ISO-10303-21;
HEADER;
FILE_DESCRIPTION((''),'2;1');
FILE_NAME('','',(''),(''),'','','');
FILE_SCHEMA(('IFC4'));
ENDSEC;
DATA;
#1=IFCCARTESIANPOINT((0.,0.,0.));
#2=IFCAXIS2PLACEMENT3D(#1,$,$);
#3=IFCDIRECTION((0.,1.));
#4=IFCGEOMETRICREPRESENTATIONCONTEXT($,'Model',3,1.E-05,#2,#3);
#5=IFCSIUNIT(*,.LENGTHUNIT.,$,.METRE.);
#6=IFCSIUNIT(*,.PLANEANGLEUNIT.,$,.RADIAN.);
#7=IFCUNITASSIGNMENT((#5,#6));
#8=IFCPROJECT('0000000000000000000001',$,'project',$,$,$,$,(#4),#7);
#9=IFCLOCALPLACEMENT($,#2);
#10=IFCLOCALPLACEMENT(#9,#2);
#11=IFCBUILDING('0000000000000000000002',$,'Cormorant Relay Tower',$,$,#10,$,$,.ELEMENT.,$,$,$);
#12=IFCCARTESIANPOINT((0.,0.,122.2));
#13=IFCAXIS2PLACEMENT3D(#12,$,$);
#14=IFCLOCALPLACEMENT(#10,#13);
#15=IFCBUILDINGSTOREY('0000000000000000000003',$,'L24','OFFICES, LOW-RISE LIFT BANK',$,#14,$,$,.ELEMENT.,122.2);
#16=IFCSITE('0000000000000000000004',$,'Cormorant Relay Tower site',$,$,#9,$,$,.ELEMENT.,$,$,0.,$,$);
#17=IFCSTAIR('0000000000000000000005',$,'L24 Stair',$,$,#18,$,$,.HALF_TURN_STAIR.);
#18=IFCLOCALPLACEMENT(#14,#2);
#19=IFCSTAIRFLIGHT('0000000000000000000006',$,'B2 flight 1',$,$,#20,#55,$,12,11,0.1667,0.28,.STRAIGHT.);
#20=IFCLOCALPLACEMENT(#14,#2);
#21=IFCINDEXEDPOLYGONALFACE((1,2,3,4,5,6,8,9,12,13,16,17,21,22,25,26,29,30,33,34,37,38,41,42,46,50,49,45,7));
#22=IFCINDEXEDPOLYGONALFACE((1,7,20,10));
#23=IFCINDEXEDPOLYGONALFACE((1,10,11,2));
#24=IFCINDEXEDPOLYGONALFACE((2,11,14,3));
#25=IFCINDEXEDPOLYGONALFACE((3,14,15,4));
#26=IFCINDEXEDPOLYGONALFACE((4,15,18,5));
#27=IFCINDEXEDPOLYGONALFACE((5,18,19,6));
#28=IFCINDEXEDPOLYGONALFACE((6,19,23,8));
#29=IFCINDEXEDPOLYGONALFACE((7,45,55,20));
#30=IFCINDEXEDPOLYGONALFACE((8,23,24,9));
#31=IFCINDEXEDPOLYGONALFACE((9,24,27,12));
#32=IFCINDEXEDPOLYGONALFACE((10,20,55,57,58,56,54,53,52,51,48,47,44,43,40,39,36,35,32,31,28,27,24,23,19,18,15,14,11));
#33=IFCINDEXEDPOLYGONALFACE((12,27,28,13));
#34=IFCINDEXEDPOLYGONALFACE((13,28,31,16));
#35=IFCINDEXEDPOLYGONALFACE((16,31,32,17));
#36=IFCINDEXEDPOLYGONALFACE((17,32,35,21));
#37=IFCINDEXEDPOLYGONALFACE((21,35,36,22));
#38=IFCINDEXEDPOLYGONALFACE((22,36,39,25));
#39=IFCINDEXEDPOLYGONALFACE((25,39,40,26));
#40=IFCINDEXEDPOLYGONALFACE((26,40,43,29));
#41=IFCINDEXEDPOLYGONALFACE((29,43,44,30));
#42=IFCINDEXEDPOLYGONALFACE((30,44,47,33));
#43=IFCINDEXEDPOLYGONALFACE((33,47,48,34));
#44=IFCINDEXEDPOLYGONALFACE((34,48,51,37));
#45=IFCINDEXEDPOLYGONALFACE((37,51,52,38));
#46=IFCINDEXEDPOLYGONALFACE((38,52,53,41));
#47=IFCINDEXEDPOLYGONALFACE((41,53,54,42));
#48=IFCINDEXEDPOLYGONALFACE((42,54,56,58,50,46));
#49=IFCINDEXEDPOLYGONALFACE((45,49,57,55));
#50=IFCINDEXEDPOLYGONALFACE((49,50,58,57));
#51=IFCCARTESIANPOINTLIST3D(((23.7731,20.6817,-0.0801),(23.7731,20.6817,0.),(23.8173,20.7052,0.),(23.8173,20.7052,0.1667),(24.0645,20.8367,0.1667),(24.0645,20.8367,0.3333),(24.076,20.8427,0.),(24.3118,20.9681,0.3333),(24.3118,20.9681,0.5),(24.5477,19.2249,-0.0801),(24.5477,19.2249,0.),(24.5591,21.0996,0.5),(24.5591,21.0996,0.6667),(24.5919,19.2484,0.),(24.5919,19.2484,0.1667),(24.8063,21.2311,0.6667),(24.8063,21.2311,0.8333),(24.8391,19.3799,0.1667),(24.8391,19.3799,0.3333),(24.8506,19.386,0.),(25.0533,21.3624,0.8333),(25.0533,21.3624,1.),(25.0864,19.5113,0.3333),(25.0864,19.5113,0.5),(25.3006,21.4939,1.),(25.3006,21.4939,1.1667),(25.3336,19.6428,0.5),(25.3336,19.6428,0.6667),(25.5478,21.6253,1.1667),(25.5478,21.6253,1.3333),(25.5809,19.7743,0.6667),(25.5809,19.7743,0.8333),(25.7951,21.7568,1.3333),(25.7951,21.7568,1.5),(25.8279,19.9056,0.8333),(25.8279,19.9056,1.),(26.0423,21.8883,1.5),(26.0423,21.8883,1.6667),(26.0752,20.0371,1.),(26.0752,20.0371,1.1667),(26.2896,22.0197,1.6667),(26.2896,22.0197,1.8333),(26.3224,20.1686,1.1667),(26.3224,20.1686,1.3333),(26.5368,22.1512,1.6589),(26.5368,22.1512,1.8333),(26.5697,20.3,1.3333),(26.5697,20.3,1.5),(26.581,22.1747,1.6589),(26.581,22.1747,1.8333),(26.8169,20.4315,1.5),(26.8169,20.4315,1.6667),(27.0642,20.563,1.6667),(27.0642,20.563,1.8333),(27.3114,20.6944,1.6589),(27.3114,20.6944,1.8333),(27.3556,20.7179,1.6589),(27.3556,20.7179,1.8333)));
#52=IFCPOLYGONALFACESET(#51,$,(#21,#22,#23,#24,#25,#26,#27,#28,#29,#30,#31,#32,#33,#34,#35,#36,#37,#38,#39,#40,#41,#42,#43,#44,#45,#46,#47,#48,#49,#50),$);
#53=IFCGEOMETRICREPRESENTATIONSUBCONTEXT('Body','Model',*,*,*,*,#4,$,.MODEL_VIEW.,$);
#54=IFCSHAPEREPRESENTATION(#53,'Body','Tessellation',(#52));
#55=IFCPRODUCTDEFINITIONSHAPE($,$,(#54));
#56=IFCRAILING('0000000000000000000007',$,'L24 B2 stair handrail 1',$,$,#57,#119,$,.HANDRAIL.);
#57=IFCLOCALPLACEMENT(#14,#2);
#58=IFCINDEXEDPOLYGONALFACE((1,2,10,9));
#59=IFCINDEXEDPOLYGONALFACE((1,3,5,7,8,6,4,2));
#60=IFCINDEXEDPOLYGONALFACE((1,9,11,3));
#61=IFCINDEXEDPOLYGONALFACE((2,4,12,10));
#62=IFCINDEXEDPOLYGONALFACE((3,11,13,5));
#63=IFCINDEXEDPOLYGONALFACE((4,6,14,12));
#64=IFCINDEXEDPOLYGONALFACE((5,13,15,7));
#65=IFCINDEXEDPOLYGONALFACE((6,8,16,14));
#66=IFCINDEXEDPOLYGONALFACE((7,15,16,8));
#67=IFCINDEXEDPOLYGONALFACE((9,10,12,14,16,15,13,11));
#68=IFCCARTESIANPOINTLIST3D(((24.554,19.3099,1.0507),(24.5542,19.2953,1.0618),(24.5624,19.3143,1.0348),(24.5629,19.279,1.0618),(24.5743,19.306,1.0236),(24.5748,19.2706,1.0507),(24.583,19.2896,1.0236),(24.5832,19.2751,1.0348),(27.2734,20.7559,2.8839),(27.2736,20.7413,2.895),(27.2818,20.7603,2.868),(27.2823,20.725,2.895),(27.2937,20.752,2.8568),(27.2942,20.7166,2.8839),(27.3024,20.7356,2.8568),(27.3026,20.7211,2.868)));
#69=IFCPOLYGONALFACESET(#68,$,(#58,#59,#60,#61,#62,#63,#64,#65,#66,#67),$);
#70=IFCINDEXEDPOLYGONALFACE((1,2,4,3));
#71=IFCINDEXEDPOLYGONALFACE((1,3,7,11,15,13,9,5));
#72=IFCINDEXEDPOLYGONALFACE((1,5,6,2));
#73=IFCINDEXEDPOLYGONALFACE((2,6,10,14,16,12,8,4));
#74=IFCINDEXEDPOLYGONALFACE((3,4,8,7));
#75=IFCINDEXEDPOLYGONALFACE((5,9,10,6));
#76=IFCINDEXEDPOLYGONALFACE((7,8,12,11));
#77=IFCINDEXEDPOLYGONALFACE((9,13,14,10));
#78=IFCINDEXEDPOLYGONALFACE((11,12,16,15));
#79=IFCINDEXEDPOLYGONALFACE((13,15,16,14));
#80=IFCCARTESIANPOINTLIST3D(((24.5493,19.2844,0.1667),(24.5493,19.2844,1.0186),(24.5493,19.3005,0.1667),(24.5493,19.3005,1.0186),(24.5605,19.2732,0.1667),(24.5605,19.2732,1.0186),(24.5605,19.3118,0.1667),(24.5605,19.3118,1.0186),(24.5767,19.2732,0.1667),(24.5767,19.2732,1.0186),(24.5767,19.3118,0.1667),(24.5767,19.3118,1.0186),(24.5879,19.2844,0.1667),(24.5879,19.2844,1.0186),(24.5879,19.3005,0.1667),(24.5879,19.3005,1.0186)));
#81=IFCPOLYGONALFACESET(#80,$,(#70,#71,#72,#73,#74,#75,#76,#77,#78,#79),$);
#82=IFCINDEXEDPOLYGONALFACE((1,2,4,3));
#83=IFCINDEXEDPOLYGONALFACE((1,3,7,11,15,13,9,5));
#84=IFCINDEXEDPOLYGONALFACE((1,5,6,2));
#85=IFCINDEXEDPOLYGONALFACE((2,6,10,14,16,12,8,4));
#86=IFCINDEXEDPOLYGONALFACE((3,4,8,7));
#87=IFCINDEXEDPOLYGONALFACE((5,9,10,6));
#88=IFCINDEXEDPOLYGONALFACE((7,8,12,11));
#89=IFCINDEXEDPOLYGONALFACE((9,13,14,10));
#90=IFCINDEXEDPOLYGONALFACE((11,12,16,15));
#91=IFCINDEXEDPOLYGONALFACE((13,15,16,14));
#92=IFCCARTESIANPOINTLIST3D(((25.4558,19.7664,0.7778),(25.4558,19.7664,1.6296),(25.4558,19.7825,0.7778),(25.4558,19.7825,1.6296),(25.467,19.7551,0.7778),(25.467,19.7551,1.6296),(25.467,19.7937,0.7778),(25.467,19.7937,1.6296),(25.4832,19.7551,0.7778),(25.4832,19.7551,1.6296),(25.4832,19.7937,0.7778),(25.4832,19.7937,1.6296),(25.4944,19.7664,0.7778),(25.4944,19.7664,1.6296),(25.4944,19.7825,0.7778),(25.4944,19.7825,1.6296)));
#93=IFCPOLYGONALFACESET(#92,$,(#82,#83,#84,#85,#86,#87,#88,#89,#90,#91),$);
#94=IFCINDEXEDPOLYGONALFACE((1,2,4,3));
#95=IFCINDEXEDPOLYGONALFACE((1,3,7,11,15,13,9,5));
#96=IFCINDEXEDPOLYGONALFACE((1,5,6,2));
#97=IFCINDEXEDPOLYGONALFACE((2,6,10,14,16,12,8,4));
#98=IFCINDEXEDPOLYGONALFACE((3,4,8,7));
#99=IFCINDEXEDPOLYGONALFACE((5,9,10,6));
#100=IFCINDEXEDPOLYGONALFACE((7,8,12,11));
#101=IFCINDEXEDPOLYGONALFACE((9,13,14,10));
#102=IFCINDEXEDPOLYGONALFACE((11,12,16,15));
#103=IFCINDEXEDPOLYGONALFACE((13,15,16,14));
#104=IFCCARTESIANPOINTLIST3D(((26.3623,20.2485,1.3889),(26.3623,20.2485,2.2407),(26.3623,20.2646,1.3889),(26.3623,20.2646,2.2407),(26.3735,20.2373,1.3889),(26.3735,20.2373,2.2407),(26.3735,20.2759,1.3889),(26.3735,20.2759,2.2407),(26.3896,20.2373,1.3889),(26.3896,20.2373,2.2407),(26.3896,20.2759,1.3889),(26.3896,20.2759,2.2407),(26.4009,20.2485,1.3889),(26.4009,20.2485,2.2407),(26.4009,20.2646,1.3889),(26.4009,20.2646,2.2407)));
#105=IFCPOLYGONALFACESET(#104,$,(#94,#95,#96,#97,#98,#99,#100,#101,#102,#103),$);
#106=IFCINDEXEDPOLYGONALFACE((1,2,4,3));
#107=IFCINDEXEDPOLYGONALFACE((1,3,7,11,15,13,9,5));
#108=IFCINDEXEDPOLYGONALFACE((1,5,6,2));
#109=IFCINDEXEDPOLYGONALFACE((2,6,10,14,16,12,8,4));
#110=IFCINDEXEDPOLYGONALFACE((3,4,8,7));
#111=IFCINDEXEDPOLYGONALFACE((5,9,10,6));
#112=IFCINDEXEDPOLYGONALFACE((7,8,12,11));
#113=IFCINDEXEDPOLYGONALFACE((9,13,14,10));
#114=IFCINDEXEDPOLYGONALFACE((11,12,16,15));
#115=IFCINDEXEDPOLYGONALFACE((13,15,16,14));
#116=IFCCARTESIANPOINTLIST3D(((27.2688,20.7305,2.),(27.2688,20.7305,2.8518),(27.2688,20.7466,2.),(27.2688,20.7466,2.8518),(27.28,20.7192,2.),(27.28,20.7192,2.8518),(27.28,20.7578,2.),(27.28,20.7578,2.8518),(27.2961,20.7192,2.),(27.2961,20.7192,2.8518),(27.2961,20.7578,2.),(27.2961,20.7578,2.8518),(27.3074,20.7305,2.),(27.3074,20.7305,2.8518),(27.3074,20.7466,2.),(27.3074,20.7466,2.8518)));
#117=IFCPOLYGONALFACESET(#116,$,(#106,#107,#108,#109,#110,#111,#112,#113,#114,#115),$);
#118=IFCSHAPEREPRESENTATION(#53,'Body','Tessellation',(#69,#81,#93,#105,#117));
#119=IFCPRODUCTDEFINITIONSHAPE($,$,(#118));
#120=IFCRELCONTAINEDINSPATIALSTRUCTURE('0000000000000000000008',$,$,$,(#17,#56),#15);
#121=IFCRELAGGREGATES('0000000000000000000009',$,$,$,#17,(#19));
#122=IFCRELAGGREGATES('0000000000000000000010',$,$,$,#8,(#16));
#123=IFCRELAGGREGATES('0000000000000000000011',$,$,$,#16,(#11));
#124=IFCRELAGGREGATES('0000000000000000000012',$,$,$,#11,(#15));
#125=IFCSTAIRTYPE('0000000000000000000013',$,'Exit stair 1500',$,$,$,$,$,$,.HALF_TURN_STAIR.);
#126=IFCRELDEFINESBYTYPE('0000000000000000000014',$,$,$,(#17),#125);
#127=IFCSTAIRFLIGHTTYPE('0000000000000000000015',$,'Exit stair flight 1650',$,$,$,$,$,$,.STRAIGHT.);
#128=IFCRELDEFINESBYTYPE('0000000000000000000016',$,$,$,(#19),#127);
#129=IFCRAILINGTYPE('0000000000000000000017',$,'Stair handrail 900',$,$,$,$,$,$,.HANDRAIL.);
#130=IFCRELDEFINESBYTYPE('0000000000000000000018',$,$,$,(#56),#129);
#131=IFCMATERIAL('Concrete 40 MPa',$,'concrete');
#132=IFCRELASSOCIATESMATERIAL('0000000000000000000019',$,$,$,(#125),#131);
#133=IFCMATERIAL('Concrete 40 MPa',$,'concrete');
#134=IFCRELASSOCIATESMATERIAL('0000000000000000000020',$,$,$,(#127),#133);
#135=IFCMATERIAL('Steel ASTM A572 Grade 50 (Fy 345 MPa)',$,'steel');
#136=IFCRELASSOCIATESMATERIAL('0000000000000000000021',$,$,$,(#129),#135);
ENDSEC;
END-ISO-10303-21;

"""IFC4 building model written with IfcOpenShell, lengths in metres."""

from ifc_helpers import new_model, si_unit, direction, frame, origin, place, context, subcontext, project, spatial, polyline, outline, extrude, material, type_object, element, aggregate, save


model = new_model("IFC4")

# Units and contexts
model_context = context("Model", 3, precision=1e-05, world=origin(), true_north=direction((0.0, 1.0)))
body_context = subcontext(model_context, "Body", "Model", "MODEL_VIEW")
ifc_project = project(units=[si_unit("LENGTHUNIT", "METRE"), si_unit("PLANEANGLEUNIT", "RADIAN")], contexts=[model_context])

# Site, building, storey
site_placement = place(None, origin())
site = spatial("IfcSite", under=ifc_project, at=site_placement, Name="Cormorant Relay Tower site", CompositionType="ELEMENT", RefElevation=0.0)
building_placement = place(site_placement, origin())
building = spatial("IfcBuilding", under=site, at=building_placement, Name="Cormorant Relay Tower", CompositionType="ELEMENT")
storey_placement = place(building_placement, frame((0.0, 0.0, 122.2)))
storey = spatial("IfcBuildingStorey", under=building, at=storey_placement, Name="L24", Description="OFFICES, LOW-RISE LIFT BANK", CompositionType="ELEMENT", Elevation=122.2)

# Stair, stair flight
ifc_material_1 = material(Name="Concrete 40 MPa", Category="concrete")
stair_type = type_object("IfcStairType", Name="Exit stair 1500", PredefinedType="HALF_TURN_STAIR", material=ifc_material_1)
stair_placement = place(storey_placement, origin())
stair = element("IfcStair", 1, at=stair_placement, inside=storey, type_object=stair_type, Name="L24 Stair", PredefinedType="HALF_TURN_STAIR")
ifc_material_2 = material(Name="Concrete 40 MPa", Category="concrete")
stair_flight_type = type_object("IfcStairFlightType", Name="Exit stair flight 1650", PredefinedType="STRAIGHT", material=ifc_material_2)
stair_flight_placement = place(storey_placement, frame((24.2046, 19.9768, 0.0), z_axis=(0.0, 0.0, 1.0), x_axis=(0.882948, 0.469472, 0.0)))
stair_flight = element("IfcStairFlight", 2, at=stair_flight_placement, type_object=stair_flight_type, Name="B2 flight 1", NumberOfRisers=12, NumberOfTreads=11, PredefinedType="STRAIGHT", RiserHeight=0.1667, TreadLength=0.28, context=body_context, shape_type="SweptSolid", body=[
    extrude(outline(polyline([(-0.05, -0.0801), (-0.05, 0.0), (0.0, 0.0), (0.0, 0.1667), (0.28, 0.1667), (0.28, 0.3333), (0.5601, 0.3333), (0.5601, 0.5), (0.8401, 0.5), (0.8401, 0.6667), (1.1201, 0.6667), (1.1201, 0.8333), (1.3999, 0.8333), (1.3999, 1.0), (1.6799, 1.0), (1.6799, 1.1667), (1.96, 1.1667), (1.96, 1.3333), (2.24, 1.3333), (2.24, 1.5), (2.52, 1.5), (2.52, 1.6667), (2.8, 1.6667), (2.8, 1.8333), (3.0801, 1.8333), (3.1301, 1.8333), (3.1301, 1.6589), (3.0801, 1.6589), (0.293, 0.0), (-0.05, -0.0801)])), frame((0.0, 0.825, 0.0), z_axis=(0.0, -1.0, 0.0), x_axis=(1.0, 0.0, 0.0)), (0.0, 0.0, 1.0), 1.6499),
])
aggregate(stair, [stair_flight])

# Railing
ifc_material_3 = material(Name="Steel ASTM A572 Grade 50 (Fy 345 MPa)", Category="steel")
railing_type = type_object("IfcRailingType", Name="Stair handrail 900", PredefinedType="HANDRAIL", material=ifc_material_3)
railing_placement = place(storey_placement, frame((24.5686, 19.2925, 0.1667)))
element("IfcRailing", 3, at=railing_placement, inside=storey, type_object=railing_type, Name="L24 B2 stair handrail 1", PredefinedType="HANDRAIL", context=body_context, shape_type="SweptSolid", body=[
    extrude(outline(polyline([(0.0222, 0.0093), (0.0093, 0.0222), (-0.0093, 0.0222), (-0.0222, 0.0093), (-0.0222, -0.0093), (-0.0093, -0.0222), (0.0093, -0.0222), (0.0222, -0.0093), (0.0222, 0.0093)])), frame((0.0, 0.0, 0.876), z_axis=(0.758714, 0.403435, 0.511463), x_axis=(-0.469489, 0.882938, 0.0)), (0.0, 0.0, 1.0), 3.5842),
    extrude(outline(polyline([(0.0193, 0.0081), (0.0081, 0.0193), (-0.0081, 0.0193), (-0.0193, 0.0081), (-0.0193, -0.0081), (-0.0081, -0.0193), (0.0081, -0.0193), (0.0193, -0.0081), (0.0193, 0.0081)])), origin(), (0.0, 0.0, 1.0), 0.8518),
    extrude(outline(polyline([(0.0193, 0.0081), (0.0081, 0.0193), (-0.0081, 0.0193), (-0.0193, 0.0081), (-0.0193, -0.0081), (-0.0081, -0.0193), (0.0081, -0.0193), (0.0193, -0.0081), (0.0193, 0.0081)])), frame((0.9065, 0.4819, 0.6111)), (0.0, 0.0, 1.0), 0.8518),
    extrude(outline(polyline([(0.0193, 0.0081), (0.0081, 0.0193), (-0.0081, 0.0193), (-0.0193, 0.0081), (-0.0193, -0.0081), (-0.0081, -0.0193), (0.0081, -0.0193), (0.0193, -0.0081), (0.0193, 0.0081)])), frame((1.813, 0.9641, 1.2222)), (0.0, 0.0, 1.0), 0.8518),
    extrude(outline(polyline([(0.0193, 0.0081), (0.0081, 0.0193), (-0.0081, 0.0193), (-0.0193, 0.0081), (-0.0193, -0.0081), (-0.0081, -0.0193), (0.0081, -0.0193), (0.0193, -0.0081), (0.0193, 0.0081)])), frame((2.7195, 1.446, 1.8333)), (0.0, 0.0, 1.0), 0.8518),
])

save(model, "model.ifc")
